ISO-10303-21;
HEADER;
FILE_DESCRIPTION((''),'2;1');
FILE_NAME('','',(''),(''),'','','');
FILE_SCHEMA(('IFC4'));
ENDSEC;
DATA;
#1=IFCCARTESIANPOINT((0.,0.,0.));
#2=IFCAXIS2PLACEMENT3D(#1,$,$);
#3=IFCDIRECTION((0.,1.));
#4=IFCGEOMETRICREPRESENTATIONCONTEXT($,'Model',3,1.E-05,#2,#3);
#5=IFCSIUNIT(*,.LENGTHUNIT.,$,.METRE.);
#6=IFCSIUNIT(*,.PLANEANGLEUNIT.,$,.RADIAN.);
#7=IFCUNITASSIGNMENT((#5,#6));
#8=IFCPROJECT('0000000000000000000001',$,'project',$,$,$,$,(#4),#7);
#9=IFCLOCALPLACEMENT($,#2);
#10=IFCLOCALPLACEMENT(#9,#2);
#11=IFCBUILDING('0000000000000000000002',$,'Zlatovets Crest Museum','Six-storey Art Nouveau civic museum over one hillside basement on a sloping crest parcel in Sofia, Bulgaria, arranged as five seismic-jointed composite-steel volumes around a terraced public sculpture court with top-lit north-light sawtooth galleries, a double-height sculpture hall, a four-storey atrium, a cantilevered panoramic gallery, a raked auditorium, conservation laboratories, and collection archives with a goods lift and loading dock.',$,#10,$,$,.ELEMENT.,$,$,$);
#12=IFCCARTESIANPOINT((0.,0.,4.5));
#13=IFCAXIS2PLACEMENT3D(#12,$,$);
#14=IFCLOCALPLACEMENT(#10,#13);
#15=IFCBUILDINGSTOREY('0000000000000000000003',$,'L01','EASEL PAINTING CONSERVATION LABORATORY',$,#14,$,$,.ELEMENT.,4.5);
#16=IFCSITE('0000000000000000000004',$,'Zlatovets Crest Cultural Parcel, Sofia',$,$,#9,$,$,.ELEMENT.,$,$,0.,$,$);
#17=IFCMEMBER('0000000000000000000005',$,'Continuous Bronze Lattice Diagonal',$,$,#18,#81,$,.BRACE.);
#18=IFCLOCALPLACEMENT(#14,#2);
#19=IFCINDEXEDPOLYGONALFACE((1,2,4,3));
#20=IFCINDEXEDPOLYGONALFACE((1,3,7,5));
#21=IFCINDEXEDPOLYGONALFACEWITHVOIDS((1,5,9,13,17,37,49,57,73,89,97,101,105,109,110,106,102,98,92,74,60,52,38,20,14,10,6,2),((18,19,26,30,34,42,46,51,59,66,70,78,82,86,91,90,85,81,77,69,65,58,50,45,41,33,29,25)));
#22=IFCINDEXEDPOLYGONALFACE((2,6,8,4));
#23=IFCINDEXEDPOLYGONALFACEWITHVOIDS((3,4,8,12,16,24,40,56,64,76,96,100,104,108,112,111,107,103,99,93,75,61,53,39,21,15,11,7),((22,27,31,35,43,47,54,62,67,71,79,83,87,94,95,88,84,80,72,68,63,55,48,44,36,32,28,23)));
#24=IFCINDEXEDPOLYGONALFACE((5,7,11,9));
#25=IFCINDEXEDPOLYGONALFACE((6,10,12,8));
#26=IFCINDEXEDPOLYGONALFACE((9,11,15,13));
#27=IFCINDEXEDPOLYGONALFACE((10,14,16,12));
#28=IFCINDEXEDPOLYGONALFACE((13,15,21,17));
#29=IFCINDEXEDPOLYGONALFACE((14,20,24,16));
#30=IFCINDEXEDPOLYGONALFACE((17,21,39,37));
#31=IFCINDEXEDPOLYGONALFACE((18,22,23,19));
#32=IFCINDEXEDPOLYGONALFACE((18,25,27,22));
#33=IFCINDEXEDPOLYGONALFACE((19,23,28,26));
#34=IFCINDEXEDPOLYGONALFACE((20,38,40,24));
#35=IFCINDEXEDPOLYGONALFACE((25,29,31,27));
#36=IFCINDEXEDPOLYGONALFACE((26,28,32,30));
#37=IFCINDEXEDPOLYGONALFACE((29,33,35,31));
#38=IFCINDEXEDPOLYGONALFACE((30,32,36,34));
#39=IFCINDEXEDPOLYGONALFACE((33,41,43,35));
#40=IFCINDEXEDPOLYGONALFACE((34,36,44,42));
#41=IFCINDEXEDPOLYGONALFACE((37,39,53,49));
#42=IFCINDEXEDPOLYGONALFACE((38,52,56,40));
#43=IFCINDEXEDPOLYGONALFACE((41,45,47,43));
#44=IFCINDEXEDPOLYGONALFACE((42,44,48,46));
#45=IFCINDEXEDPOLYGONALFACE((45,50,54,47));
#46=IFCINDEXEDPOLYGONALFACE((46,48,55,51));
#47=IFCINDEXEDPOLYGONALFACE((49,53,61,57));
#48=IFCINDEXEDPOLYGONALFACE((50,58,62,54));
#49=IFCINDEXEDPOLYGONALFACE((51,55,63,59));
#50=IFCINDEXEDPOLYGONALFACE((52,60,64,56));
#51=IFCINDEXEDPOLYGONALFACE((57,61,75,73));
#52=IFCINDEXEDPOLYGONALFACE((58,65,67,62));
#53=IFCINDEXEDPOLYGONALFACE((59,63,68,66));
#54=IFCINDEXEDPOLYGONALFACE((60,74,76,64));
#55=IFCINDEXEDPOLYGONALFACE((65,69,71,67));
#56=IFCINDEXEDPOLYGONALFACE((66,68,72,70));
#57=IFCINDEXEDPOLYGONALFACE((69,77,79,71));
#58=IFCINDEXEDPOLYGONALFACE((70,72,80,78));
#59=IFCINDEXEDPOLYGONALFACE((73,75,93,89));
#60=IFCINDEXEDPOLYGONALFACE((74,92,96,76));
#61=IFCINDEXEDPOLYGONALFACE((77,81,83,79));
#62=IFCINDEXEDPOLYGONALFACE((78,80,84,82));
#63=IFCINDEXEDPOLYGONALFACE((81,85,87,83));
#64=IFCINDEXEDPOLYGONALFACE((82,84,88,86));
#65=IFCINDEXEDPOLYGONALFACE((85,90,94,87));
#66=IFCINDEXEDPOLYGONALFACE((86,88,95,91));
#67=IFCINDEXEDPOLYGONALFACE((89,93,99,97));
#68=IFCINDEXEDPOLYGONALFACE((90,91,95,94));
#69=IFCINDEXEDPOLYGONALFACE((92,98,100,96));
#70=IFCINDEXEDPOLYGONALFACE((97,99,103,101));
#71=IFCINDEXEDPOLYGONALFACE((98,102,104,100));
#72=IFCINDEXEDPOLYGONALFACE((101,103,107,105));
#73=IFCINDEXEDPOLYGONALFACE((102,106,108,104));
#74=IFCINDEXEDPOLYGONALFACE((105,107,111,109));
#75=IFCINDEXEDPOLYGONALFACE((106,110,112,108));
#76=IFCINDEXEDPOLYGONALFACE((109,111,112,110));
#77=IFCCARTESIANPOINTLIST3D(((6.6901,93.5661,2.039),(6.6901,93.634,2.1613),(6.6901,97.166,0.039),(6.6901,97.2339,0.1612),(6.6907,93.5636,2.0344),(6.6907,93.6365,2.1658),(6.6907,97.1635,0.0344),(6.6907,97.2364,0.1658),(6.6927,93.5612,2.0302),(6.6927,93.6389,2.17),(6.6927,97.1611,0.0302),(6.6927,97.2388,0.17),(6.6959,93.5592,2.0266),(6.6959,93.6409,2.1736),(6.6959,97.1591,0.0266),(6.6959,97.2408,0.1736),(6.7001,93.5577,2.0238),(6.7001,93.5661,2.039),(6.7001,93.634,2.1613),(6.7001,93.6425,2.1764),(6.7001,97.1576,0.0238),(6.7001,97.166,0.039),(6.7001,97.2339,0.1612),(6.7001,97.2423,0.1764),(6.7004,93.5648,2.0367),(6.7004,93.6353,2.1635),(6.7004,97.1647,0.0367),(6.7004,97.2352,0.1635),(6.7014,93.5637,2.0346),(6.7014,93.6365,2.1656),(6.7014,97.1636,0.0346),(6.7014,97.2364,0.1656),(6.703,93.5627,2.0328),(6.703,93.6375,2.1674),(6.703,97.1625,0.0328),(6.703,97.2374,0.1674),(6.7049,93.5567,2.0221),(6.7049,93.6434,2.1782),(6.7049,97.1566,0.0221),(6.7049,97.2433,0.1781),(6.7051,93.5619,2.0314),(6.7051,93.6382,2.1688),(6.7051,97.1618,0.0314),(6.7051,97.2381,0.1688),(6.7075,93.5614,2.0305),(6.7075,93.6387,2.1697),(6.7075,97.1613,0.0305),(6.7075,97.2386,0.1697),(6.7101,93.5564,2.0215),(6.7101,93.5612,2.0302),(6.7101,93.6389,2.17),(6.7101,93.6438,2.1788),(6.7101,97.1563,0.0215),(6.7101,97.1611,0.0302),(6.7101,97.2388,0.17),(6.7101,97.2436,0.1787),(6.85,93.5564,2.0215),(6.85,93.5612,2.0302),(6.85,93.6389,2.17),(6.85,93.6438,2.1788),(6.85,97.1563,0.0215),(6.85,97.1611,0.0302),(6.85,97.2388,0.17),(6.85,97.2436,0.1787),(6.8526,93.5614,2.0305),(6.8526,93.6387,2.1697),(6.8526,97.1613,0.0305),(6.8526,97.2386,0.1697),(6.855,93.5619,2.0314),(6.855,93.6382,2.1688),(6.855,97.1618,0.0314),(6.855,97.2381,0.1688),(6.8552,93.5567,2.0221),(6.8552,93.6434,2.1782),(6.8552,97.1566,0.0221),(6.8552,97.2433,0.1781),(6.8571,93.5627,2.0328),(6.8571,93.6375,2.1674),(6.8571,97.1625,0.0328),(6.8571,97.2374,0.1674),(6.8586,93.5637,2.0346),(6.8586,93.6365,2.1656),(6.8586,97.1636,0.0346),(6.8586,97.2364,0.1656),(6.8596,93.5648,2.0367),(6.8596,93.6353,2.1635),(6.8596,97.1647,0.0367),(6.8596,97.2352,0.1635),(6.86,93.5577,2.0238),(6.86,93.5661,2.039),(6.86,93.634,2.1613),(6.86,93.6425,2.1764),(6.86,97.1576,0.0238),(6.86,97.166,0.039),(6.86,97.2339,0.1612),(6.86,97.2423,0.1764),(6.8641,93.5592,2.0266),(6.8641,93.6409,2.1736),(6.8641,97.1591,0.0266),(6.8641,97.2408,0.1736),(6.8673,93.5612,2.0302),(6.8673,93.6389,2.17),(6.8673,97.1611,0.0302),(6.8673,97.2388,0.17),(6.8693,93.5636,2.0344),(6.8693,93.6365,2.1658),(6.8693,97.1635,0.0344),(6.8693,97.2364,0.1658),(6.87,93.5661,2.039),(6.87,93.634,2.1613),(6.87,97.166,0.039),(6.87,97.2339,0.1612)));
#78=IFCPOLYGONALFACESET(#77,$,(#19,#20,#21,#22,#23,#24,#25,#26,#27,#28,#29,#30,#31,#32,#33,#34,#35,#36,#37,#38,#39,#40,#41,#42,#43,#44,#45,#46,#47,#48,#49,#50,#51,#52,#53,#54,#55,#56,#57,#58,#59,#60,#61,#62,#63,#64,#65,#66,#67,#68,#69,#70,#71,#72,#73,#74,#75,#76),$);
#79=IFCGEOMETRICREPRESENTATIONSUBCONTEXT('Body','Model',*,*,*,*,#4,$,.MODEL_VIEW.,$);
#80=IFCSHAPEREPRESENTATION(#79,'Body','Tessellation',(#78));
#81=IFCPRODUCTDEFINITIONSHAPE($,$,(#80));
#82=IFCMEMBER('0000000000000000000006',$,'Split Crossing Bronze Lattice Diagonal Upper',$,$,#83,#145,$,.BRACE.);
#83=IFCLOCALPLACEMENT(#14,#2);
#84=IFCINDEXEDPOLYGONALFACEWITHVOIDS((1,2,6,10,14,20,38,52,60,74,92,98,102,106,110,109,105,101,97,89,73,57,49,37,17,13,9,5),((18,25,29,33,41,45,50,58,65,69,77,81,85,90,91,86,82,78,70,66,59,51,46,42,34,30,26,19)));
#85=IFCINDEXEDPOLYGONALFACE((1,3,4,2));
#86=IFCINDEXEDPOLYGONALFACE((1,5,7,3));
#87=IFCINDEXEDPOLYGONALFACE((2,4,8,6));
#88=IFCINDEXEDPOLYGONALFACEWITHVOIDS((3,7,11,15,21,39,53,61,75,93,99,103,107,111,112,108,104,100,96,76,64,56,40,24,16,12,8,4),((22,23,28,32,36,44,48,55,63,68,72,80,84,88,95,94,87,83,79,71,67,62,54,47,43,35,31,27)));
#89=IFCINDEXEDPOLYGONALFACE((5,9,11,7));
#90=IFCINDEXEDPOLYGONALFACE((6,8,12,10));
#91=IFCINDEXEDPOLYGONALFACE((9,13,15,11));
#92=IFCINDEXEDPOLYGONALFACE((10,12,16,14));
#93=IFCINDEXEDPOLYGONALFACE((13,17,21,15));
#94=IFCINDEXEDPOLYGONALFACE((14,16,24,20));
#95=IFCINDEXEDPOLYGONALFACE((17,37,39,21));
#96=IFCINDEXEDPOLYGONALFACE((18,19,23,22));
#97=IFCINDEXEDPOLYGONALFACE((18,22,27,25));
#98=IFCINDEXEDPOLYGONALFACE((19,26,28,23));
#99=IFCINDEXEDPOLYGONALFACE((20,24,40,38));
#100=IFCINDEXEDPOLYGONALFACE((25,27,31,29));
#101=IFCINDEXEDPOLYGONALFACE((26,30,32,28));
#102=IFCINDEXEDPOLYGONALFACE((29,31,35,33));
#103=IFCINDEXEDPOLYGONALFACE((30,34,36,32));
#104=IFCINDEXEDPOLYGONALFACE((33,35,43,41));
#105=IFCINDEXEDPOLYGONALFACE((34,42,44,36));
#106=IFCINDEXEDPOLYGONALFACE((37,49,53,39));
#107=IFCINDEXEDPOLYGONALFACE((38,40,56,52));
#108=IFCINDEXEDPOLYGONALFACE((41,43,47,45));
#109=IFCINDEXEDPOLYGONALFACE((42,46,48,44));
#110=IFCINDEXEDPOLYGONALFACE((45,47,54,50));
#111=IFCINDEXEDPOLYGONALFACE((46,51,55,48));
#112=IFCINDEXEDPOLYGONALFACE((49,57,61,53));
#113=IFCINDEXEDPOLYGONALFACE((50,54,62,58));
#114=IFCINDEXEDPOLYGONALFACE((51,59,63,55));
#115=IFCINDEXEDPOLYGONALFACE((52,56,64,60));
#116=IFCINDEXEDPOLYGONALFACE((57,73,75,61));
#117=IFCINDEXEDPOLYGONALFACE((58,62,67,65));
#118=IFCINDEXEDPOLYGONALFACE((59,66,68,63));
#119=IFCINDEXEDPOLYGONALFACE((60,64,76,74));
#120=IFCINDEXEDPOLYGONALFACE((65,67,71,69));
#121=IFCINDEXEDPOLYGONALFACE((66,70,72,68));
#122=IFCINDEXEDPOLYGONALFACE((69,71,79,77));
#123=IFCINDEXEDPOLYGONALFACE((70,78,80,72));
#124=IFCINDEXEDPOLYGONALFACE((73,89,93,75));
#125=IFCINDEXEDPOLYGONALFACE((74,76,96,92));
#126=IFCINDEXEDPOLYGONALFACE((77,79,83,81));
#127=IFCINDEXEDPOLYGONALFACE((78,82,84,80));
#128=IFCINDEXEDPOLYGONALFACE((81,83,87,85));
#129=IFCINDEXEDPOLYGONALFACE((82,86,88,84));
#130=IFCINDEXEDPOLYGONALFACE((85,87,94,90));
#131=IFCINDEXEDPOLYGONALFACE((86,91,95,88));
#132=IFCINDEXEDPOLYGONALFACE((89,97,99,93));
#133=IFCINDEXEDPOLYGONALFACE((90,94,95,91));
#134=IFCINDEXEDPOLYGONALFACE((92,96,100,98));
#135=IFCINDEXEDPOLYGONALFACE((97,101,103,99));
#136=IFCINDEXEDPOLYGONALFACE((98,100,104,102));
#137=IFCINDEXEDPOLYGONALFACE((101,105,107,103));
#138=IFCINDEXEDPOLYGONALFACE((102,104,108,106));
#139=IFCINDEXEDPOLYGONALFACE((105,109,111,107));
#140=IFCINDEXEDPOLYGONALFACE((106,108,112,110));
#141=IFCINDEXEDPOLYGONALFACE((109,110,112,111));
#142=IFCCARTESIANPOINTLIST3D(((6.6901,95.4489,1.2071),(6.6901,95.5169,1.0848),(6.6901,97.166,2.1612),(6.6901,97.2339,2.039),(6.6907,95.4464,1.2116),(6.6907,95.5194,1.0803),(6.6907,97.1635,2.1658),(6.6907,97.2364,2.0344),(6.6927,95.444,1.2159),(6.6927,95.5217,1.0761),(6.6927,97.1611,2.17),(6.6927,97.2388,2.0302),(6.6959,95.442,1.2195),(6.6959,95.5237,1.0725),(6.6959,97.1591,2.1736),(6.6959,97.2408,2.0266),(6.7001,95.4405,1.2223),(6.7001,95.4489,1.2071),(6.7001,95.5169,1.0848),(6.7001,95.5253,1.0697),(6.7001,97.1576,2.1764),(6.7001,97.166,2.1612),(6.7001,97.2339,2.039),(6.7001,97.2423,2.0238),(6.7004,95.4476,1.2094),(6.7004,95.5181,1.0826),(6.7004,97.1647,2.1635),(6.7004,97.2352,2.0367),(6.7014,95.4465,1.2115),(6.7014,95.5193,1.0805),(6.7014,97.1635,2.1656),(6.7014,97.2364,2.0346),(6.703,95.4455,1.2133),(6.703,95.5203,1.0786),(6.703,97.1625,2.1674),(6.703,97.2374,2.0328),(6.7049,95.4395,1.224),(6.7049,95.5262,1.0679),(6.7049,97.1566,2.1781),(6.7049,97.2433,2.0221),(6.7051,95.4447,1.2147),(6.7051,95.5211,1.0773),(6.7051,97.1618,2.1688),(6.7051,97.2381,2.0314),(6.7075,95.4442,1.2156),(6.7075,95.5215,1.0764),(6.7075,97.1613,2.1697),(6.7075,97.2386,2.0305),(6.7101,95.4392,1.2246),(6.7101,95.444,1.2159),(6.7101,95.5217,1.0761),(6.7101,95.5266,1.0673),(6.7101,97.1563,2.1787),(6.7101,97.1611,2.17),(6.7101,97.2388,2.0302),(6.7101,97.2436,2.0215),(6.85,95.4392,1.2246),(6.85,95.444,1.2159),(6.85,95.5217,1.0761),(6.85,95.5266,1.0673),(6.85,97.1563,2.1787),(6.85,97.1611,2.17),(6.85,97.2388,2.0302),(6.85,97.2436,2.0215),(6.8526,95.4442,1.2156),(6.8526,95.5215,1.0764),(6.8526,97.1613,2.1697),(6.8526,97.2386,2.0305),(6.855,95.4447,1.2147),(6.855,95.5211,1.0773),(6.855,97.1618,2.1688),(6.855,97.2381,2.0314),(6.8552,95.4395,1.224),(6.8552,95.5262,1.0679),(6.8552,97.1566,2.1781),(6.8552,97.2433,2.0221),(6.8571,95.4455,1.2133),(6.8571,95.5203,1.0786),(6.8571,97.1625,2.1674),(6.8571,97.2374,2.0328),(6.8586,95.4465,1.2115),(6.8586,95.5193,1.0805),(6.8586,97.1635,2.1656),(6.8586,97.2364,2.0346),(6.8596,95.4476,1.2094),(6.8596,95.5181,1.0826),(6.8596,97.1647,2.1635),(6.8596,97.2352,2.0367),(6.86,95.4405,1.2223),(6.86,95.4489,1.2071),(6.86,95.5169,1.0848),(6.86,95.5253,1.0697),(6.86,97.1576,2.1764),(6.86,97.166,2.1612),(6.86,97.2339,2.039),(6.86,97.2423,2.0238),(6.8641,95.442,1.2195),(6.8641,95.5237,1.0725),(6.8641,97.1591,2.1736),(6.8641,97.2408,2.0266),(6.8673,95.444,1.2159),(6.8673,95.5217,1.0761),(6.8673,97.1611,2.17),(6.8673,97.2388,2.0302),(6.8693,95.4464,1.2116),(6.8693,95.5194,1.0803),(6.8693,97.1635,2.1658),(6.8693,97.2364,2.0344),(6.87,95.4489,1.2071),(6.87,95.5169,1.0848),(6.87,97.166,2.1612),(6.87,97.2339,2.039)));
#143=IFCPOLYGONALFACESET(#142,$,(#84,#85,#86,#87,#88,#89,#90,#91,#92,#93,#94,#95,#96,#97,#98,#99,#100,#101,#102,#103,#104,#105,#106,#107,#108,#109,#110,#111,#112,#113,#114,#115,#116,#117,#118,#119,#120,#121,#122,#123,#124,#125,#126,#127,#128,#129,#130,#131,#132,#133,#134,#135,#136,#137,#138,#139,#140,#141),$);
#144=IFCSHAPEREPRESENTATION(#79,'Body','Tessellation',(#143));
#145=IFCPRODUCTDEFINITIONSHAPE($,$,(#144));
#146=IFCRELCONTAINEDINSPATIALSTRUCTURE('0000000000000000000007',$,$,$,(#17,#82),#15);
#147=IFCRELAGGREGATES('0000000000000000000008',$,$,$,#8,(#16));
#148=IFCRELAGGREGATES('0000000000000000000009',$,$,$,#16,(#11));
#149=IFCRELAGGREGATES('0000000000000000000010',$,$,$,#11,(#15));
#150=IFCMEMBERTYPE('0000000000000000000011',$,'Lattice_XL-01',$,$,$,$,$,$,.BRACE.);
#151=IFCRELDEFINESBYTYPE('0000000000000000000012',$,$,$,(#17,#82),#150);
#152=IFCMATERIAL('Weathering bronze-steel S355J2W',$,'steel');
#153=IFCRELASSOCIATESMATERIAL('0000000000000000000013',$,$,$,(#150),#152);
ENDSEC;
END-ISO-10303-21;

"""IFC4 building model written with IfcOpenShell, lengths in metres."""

from ifc_helpers import new_model, si_unit, direction, frame, origin, origin_2d, place, context, subcontext, project, spatial, hollow_rectangle, extrude, material, material_profile, profile_set, type_object, element, save


model = new_model("IFC4")

# Units and contexts
model_context = context("Model", 3, precision=1e-05, world=origin(), true_north=direction((0.0, 1.0)))
body_context = subcontext(model_context, "Body", "Model", "MODEL_VIEW")
ifc_project = project(units=[si_unit("LENGTHUNIT", "METRE"), si_unit("PLANEANGLEUNIT", "RADIAN")], contexts=[model_context])

# Site, building, storey
site_placement = place(None, origin())
site = spatial("IfcSite", under=ifc_project, at=site_placement, Name="Zlatovets Crest Cultural Parcel, Sofia", CompositionType="ELEMENT", RefElevation=0.0)
building_placement = place(site_placement, origin())
building = spatial("IfcBuilding", under=site, at=building_placement, Name="Zlatovets Crest Museum", Description="Six-storey Art Nouveau civic museum over one hillside basement on a sloping crest parcel in Sofia, Bulgaria, arranged as five seismic-jointed composite-steel volumes around a terraced public sculpture court with top-lit north-light sawtooth galleries, a double-height sculpture hall, a four-storey atrium, a cantilevered panoramic gallery, a raked auditorium, conservation laboratories, and collection archives with a goods lift and loading dock.", CompositionType="ELEMENT")
storey_placement = place(building_placement, frame((0.0, 0.0, 4.5)))
storey = spatial("IfcBuildingStorey", under=building, at=storey_placement, Name="L01", Description="EASEL PAINTING CONSERVATION LABORATORY", CompositionType="ELEMENT", Elevation=4.5)

# Members
ifc_material_1 = material(Name="Weathering bronze-steel S355J2W", Category="steel")
ifc_material_profile_1 = material_profile(ifc_material_1, hollow_rectangle(XDim=0.1799, YDim=0.1799, WallThickness=0.01, InnerFilletRadius=0.01, OuterFilletRadius=0.02, at=origin_2d()), Name="SHS 180x180x10.0")
ifc_profile_set_1 = profile_set([ifc_material_profile_1], Name="Weathering bronze-steel S355J2W")
member_type_1 = type_object("IfcMemberType", Name="Lattice_XL-01", PredefinedType="BRACE", material=ifc_profile_set_1)
member_1_placement = place(storey_placement, frame((6.78, 97.2, 0.1001), z_axis=(0.0, -0.874149, 0.485658), x_axis=(1.0, 0.0, 0.0)))
element("IfcMember", 1, at=member_1_placement, inside=storey, type_object=member_type_1, Name="Continuous Bronze Lattice Diagonal", PredefinedType="BRACE", context=body_context, shape_type="SweptSolid", body=[
    extrude(hollow_rectangle(XDim=0.1799, YDim=0.1799, WallThickness=0.01, InnerFilletRadius=0.01, OuterFilletRadius=0.02, at=origin_2d()), origin(), (0.0, 0.0, 1.0), 4.1182),
])
member_2_placement = place(storey_placement, frame((6.78, 97.2, 2.1001), z_axis=(0.0, -0.874116, -0.485717), x_axis=(1.0, 0.0, 0.0)))
element("IfcMember", 2, at=member_2_placement, inside=storey, type_object=member_type_1, Name="Split Crossing Bronze Lattice Diagonal Upper", PredefinedType="BRACE", context=body_context, shape_type="SweptSolid", body=[
    extrude(hollow_rectangle(XDim=0.1799, YDim=0.1799, WallThickness=0.01, InnerFilletRadius=0.01, OuterFilletRadius=0.02, at=origin_2d()), origin(), (0.0, 0.0, 1.0), 1.9644),
])

save(model, "model.ifc")
